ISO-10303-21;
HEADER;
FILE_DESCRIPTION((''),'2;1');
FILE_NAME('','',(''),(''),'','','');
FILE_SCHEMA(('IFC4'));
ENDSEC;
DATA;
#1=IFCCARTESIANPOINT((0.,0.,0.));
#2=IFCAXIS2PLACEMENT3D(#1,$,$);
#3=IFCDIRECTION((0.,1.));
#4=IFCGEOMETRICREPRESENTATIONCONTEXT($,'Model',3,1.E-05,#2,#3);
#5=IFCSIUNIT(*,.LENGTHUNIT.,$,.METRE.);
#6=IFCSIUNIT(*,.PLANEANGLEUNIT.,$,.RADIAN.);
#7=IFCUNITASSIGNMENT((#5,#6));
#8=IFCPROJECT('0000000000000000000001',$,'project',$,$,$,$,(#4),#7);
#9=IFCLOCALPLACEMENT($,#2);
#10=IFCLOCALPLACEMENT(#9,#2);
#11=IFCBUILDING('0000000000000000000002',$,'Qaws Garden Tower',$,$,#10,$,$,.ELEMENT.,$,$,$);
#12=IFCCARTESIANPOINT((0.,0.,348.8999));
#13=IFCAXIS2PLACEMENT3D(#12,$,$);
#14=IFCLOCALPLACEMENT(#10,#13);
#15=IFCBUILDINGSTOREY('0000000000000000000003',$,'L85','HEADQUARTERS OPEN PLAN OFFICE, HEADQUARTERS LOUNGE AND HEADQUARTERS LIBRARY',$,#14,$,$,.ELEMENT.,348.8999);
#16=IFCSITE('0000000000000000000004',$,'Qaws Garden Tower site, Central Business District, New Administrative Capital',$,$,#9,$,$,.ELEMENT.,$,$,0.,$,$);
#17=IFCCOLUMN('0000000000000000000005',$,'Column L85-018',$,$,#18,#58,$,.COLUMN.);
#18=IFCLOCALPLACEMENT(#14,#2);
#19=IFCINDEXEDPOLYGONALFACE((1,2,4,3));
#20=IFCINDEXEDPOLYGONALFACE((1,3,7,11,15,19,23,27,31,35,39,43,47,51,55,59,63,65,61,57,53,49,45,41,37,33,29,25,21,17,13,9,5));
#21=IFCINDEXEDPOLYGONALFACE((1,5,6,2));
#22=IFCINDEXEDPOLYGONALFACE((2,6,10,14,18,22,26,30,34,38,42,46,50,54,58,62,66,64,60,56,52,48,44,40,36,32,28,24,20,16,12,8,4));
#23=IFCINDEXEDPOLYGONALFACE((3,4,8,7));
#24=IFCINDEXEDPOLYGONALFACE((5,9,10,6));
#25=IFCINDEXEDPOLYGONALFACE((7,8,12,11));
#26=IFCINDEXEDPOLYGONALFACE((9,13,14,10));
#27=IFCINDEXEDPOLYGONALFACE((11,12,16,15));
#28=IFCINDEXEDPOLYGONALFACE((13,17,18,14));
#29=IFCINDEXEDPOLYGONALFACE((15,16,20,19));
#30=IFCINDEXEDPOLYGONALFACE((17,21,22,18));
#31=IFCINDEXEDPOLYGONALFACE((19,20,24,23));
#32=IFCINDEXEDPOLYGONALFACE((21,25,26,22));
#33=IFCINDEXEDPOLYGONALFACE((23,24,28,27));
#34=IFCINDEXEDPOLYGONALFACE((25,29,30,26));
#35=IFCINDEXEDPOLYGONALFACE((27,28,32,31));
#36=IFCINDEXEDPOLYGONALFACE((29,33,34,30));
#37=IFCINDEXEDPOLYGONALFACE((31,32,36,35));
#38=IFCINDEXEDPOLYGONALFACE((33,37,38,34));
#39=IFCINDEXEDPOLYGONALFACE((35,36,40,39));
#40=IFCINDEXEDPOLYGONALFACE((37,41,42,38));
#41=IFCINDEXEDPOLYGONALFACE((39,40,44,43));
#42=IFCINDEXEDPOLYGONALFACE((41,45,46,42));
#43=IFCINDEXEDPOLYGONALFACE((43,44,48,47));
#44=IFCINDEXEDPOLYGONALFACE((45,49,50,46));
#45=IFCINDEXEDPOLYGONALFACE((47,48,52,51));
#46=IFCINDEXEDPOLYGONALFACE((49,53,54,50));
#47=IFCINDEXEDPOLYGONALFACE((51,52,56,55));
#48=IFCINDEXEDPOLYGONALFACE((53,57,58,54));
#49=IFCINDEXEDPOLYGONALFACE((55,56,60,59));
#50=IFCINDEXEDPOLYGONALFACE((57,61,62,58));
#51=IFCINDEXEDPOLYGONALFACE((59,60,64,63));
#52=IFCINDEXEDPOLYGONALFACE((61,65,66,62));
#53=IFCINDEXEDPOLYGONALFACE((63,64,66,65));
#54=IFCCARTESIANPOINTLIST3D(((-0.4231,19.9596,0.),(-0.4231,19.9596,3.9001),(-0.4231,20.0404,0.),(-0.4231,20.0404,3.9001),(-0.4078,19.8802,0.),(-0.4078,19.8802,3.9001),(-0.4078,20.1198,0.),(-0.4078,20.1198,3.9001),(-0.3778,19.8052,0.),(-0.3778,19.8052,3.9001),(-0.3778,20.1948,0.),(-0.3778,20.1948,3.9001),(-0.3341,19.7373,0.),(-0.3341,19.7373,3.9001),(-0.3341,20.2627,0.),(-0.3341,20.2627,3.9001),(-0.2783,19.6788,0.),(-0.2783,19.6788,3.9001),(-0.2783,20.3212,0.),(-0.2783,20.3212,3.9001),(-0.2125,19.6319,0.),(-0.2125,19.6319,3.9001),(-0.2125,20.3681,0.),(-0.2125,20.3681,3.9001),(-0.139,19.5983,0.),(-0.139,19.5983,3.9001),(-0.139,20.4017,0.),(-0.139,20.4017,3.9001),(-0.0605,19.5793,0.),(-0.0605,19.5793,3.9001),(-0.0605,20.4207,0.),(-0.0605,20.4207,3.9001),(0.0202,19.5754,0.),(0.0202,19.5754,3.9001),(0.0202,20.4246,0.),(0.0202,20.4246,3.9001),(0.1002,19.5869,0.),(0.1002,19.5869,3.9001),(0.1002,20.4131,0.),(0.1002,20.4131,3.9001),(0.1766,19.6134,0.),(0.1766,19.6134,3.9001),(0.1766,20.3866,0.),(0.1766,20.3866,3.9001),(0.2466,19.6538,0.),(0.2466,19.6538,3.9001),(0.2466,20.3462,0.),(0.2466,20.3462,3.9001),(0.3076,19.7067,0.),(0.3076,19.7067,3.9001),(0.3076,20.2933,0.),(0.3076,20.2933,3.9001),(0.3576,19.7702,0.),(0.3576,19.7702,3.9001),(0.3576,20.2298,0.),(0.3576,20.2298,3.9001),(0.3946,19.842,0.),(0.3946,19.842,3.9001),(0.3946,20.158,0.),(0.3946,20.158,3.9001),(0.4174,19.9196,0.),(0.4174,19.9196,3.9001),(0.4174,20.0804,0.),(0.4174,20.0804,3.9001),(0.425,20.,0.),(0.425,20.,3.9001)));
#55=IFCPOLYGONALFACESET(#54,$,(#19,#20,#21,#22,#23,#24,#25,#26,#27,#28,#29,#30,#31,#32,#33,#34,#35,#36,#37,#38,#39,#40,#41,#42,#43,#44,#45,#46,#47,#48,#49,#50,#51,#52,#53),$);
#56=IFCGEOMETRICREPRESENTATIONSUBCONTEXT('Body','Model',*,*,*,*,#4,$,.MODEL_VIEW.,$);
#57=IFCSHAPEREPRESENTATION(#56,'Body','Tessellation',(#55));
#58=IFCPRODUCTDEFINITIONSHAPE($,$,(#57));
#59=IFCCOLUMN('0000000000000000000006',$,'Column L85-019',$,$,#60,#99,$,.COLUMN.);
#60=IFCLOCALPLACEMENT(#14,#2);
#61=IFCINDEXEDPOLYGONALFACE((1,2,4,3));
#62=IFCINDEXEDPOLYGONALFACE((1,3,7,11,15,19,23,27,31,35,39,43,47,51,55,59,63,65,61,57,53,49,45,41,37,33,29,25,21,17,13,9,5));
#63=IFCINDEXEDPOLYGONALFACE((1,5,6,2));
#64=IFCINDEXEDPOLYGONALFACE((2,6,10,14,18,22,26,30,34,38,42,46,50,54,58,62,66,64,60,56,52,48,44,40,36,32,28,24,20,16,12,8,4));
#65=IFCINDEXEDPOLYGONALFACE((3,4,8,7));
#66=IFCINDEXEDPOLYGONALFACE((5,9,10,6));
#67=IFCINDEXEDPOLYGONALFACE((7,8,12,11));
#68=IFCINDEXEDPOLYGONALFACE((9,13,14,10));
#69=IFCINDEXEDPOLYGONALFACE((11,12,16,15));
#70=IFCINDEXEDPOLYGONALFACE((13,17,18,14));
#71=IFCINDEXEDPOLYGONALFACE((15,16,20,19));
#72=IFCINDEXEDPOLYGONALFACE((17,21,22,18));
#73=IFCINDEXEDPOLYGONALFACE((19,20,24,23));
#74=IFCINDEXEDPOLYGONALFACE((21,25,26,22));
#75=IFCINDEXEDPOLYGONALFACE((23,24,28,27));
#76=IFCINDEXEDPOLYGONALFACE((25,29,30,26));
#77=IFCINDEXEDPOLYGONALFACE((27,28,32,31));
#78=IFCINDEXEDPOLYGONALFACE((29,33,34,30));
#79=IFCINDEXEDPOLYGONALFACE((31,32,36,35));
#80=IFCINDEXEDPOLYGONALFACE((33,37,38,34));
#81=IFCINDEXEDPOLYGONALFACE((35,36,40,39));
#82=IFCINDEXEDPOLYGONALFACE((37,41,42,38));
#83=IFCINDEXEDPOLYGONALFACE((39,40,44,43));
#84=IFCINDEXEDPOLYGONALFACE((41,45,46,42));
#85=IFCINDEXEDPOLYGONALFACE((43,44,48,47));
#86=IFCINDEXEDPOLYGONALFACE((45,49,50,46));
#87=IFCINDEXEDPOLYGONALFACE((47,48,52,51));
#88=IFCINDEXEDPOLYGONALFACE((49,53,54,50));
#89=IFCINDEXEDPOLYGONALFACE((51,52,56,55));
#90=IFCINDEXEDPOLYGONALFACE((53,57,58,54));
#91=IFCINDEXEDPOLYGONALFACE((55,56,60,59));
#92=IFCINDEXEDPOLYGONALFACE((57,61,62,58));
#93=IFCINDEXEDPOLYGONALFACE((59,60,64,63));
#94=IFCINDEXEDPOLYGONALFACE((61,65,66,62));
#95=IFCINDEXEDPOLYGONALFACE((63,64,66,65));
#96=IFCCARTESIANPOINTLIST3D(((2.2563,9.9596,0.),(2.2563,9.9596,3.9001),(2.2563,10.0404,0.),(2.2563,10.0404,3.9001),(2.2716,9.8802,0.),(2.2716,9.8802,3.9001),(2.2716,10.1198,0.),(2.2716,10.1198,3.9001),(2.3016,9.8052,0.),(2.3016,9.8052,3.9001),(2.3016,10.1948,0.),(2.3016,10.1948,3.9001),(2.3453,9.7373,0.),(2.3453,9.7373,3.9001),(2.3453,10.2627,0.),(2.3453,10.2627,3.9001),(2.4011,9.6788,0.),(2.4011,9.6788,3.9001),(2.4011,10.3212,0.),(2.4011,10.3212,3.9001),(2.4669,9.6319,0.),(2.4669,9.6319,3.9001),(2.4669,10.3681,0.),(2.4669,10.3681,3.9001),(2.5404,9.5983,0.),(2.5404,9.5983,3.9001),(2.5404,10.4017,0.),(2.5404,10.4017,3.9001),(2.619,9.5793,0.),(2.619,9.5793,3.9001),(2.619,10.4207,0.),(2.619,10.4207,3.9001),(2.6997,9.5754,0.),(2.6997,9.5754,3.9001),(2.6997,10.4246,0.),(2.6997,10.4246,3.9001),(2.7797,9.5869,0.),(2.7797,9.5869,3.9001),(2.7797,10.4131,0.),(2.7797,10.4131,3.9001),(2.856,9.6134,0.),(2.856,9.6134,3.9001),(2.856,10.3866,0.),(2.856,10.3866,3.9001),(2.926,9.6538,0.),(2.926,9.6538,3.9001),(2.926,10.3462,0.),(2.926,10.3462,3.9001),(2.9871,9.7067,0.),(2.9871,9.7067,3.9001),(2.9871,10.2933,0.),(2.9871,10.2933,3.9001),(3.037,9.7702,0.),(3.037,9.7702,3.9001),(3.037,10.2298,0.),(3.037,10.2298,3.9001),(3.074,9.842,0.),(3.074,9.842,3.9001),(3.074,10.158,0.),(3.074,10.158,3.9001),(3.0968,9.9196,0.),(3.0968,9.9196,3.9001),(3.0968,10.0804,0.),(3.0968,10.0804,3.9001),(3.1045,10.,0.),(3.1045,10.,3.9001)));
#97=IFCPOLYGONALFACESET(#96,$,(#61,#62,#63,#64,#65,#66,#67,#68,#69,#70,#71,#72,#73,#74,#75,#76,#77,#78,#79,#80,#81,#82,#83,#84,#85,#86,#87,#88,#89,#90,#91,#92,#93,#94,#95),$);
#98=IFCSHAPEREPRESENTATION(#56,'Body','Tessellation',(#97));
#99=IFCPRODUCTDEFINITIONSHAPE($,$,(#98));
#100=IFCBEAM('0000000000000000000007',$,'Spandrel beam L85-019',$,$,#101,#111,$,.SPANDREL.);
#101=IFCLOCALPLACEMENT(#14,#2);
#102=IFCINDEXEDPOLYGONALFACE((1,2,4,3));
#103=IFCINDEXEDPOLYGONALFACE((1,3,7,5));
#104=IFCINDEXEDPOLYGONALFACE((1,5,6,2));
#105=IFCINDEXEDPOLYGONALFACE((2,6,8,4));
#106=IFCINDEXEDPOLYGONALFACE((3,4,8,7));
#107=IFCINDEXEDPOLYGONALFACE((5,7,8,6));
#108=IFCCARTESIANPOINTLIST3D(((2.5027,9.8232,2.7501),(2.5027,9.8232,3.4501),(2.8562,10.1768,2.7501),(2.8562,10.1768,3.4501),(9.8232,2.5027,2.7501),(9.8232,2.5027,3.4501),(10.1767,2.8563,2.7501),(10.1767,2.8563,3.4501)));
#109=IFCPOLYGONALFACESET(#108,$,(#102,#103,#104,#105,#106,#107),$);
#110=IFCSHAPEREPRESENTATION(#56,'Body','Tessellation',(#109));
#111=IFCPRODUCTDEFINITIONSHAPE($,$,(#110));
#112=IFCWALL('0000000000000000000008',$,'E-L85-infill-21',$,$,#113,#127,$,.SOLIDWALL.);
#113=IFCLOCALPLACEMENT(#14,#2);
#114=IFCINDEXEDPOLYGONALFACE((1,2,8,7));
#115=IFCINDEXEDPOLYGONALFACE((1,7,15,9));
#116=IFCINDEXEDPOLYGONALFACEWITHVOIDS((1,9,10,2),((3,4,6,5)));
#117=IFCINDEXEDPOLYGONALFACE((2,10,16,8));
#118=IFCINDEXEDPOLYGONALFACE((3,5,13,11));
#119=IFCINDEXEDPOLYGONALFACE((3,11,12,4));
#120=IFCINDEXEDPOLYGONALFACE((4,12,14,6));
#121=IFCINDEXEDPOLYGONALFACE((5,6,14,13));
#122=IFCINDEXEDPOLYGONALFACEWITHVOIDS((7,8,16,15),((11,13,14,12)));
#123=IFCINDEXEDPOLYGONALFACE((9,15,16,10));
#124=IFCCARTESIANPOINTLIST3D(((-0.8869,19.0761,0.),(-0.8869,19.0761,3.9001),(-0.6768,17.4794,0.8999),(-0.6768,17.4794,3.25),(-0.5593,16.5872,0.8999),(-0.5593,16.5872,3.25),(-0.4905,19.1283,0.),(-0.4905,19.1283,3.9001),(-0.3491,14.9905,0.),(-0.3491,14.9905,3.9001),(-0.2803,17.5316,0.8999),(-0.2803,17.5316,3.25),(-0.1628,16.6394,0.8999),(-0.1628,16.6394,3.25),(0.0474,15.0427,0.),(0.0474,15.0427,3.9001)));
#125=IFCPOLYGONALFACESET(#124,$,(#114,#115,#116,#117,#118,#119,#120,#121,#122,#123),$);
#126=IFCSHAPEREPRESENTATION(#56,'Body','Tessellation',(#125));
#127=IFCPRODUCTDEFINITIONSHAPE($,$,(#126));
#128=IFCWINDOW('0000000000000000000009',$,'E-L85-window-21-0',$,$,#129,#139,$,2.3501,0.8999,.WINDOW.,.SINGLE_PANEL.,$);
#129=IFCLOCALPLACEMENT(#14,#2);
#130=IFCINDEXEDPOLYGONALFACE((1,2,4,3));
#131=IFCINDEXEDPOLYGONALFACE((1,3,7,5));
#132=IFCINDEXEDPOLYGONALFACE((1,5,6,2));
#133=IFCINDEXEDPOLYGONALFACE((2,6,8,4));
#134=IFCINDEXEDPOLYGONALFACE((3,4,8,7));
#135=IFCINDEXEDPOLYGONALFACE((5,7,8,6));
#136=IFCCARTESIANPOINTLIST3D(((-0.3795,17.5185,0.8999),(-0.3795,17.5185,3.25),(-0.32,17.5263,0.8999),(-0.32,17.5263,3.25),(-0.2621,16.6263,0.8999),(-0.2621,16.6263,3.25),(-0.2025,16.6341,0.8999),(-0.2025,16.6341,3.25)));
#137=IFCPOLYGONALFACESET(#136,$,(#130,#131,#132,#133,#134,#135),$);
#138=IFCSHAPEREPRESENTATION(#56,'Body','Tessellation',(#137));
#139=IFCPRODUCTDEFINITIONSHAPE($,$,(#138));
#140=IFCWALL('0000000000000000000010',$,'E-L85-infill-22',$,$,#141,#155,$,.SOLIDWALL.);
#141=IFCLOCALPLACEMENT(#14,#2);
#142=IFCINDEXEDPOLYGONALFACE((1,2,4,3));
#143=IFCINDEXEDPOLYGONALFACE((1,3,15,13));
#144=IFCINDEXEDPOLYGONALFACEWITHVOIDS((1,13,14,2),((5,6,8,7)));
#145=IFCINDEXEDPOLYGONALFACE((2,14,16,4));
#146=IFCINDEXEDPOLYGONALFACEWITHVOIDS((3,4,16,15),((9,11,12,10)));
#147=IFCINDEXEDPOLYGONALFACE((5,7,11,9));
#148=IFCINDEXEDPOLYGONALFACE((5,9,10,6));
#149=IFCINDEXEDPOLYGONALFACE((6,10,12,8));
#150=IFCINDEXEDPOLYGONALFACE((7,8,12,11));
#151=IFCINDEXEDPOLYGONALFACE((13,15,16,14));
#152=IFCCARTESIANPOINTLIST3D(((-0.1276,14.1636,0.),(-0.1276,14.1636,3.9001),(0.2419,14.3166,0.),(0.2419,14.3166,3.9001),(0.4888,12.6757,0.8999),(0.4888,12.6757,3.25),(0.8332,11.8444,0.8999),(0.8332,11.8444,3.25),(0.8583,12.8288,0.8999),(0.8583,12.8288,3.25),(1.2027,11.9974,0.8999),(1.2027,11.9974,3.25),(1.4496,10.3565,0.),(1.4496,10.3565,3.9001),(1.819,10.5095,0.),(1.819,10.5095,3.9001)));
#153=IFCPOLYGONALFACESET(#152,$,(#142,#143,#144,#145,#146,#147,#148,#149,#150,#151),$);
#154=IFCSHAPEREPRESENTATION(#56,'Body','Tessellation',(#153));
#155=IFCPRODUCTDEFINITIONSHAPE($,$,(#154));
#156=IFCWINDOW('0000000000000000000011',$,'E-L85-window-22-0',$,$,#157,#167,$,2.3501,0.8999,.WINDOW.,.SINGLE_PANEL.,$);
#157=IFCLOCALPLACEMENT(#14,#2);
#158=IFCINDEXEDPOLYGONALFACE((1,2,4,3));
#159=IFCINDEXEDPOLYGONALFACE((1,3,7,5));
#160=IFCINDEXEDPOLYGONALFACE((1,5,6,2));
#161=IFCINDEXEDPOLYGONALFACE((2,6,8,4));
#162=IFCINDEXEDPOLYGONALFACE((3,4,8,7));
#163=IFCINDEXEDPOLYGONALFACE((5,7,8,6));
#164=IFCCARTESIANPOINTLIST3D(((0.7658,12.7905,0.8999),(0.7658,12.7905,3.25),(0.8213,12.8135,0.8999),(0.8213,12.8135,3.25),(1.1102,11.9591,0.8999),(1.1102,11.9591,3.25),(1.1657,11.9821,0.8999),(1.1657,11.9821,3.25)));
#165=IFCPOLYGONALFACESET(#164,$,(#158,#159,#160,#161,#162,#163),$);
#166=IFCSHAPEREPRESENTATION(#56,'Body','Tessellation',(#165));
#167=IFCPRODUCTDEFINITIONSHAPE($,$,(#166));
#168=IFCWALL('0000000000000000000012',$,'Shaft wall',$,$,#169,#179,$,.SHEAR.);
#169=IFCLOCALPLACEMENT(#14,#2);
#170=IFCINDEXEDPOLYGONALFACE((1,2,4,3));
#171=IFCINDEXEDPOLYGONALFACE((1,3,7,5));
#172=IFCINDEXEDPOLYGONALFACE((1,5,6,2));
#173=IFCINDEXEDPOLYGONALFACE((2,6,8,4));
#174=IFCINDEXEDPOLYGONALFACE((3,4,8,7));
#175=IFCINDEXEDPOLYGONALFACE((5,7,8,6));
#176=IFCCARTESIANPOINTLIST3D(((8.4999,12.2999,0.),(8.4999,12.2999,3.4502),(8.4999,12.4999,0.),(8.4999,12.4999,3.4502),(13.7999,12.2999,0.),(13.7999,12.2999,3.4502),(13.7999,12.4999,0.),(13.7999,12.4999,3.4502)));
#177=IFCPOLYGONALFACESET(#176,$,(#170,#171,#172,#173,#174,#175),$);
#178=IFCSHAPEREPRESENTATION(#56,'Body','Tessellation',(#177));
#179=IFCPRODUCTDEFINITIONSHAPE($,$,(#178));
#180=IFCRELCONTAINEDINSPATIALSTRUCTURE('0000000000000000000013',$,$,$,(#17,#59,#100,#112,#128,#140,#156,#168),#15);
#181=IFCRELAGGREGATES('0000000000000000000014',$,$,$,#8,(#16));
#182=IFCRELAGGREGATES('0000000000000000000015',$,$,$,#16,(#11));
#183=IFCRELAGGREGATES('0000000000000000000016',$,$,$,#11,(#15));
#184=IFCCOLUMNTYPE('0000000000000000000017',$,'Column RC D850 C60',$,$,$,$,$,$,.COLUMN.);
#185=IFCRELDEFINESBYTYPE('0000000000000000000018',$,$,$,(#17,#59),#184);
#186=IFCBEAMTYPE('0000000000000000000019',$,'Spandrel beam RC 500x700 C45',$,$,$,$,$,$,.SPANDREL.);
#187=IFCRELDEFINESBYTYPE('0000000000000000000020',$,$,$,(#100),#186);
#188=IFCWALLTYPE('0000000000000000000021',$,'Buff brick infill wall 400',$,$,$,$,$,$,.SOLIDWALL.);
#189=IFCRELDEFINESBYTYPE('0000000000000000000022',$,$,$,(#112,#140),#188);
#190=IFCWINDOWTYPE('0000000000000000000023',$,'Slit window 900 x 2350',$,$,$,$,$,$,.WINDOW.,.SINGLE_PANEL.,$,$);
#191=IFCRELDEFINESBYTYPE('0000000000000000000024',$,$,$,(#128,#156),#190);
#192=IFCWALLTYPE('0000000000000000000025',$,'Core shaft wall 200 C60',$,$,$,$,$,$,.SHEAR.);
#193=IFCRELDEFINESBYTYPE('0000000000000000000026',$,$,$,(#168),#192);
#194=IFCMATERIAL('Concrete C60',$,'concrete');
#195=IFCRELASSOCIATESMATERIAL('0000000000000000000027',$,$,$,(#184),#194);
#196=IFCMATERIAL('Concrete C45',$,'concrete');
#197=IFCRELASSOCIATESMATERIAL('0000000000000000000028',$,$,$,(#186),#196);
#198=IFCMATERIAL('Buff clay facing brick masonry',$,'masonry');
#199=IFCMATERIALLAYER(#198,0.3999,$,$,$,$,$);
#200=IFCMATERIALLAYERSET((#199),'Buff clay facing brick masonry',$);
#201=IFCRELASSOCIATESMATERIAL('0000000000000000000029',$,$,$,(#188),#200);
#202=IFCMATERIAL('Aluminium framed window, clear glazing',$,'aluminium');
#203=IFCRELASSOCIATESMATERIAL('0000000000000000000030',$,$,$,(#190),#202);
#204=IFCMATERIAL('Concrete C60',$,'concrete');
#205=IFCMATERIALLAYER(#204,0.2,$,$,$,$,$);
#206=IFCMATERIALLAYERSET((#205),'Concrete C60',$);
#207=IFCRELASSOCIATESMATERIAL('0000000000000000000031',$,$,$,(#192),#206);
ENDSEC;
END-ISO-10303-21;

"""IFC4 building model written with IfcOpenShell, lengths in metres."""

from ifc_helpers import new_model, si_unit, direction, frame, frame_2d, origin, origin_2d, place, context, subcontext, project, spatial, rectangle, circle, extrude, material, layer, layer_set, material_profile, profile_set, type_object, element, fill, save


model = new_model("IFC4")

# Units and contexts
model_context = context("Model", 3, precision=1e-05, world=origin(), true_north=direction((0.0, 1.0)))
body_context = subcontext(model_context, "Body", "Model", "MODEL_VIEW")
ifc_project = project(units=[si_unit("LENGTHUNIT", "METRE"), si_unit("PLANEANGLEUNIT", "RADIAN")], contexts=[model_context])

# Site, building, storey
site_placement = place(None, origin())
site = spatial("IfcSite", under=ifc_project, at=site_placement, Name="Qaws Garden Tower site, Central Business District, New Administrative Capital", CompositionType="ELEMENT", RefElevation=0.0)
building_placement = place(site_placement, origin())
building = spatial("IfcBuilding", under=site, at=building_placement, Name="Qaws Garden Tower", CompositionType="ELEMENT")
storey_placement = place(building_placement, frame((0.0, 0.0, 348.8999)))
storey = spatial("IfcBuildingStorey", under=building, at=storey_placement, Name="L85", Description="HEADQUARTERS OPEN PLAN OFFICE, HEADQUARTERS LOUNGE AND HEADQUARTERS LIBRARY", CompositionType="ELEMENT", Elevation=348.8999)

# Columns
ifc_material_1 = material(Name="Concrete C60", Category="concrete")
ifc_material_profile_1 = material_profile(ifc_material_1, circle(Radius=0.425, at=origin_2d()), Name="RC D850")
ifc_profile_set_1 = profile_set([ifc_material_profile_1], Name="Concrete C60")
column_type = type_object("IfcColumnType", Name="Column RC D850 C60", PredefinedType="COLUMN", material=ifc_profile_set_1)
for number, where, z_axis, x_axis, name in (
    (1, (0.0, 20.0, 0.0), (0.0, 0.0, 1.0), (1.0, 0.0, 0.0), "Column L85-018"),
    (2, (2.6794, 10.0, 0.0), (0.0, 0.0, 1.0), (1.0, 0.0, 0.0), "Column L85-019"),
):
    element("IfcColumn", number, at=place(storey_placement, frame(where, z_axis=z_axis, x_axis=x_axis)), inside=storey, type_object=column_type, Name=name, PredefinedType="COLUMN", context=body_context, shape_type="SweptSolid", body=[
        extrude(circle(Radius=0.425, at=origin_2d()), origin(), (0.0, 0.0, 1.0), 3.9001),
    ])

# Beam
ifc_material_2 = material(Name="Concrete C45", Category="concrete")
ifc_material_profile_2 = material_profile(ifc_material_2, rectangle(XDim=0.5, YDim=0.7, at=origin_2d()), Name="RC 500x700")
ifc_profile_set_2 = profile_set([ifc_material_profile_2], Name="Concrete C45")
beam_type = type_object("IfcBeamType", Name="Spandrel beam RC 500x700 C45", PredefinedType="SPANDREL", material=ifc_profile_set_2)
beam_placement = place(storey_placement, frame((2.6794, 10.0, 3.1001), z_axis=(0.707107, -0.707107, 0.0), x_axis=(0.707107, 0.707107, 0.0)))
element("IfcBeam", 3, at=beam_placement, inside=storey, type_object=beam_type, Name="Spandrel beam L85-019", PredefinedType="SPANDREL", context=body_context, shape_type="SweptSolid", body=[
    extrude(rectangle(XDim=0.5, YDim=0.7, at=origin_2d()), origin(), (0.0, 0.0, 1.0), 10.3528),
])

# Walls, openings, windows
ifc_material_3 = material(Name="Buff clay facing brick masonry", Category="masonry")
ifc_layer_1 = layer(ifc_material_3, 0.3999)
ifc_layer_set_1 = layer_set([ifc_layer_1], Name="Buff clay facing brick masonry")
wall_type_1 = type_object("IfcWallType", Name="Buff brick infill wall 400", PredefinedType="SOLIDWALL", material=ifc_layer_set_1)
wall_1_placement = place(storey_placement, frame((-0.6887, 19.1023, 0.0), z_axis=(0.0, 0.0, 1.0), x_axis=(0.130514, -0.991446, 0.0)))
wall_1 = element("IfcWall", 4, at=wall_1_placement, inside=storey, type_object=wall_type_1, Name="E-L85-infill-21", PredefinedType="SOLIDWALL", context=body_context, shape_type="SweptSolid", body=[
    extrude(rectangle(XDim=4.1208, YDim=0.3999, at=frame_2d((2.0605, 0.0))), origin(), (0.0, 0.0, 1.0), 3.9001),
])
opening_1_placement = place(wall_1_placement, frame((1.6106, 0.0, 0.8999)))
opening_1 = element("IfcOpeningElement", 5, at=opening_1_placement, cuts=wall_1, PredefinedType="OPENING", context=body_context, shape_type="SweptSolid", body=[
    extrude(rectangle(XDim=0.8999, YDim=2.3501, at=frame_2d((0.45, 1.175))), frame((0.0, 0.21, 0.0), z_axis=(0.0, -1.0, 0.0), x_axis=(1.0, 0.0, 0.0)), (0.0, 0.0, 1.0), 0.4199),
])
ifc_material_4 = material(Name="Aluminium framed window, clear glazing", Category="aluminium")
window_type = type_object("IfcWindowType", Name="Slit window 900 x 2350", PartitioningType="SINGLE_PANEL", PredefinedType="WINDOW", material=ifc_material_4)
window_1_placement = place(opening_1_placement, origin())
window_1 = element("IfcWindow", 6, at=window_1_placement, inside=storey, type_object=window_type, Name="E-L85-window-21-0", OverallHeight=2.3501, OverallWidth=0.8999, PartitioningType="SINGLE_PANEL", PredefinedType="WINDOW", context=body_context, shape_type="SweptSolid", body=[
    extrude(rectangle(XDim=0.8999, YDim=2.3501, at=frame_2d((0.45, 1.175))), frame((0.0, 0.1599, 0.0), z_axis=(0.0, -1.0, 0.0), x_axis=(1.0, 0.0, 0.0)), (0.0, 0.0, 1.0), 0.0601),
])
fill(opening_1, window_1)
wall_2_placement = place(storey_placement, frame((0.0571, 14.2402, 0.0), z_axis=(0.0, 0.0, 1.0), x_axis=(0.382722, -0.923864, 0.0)))
wall_2 = element("IfcWall", 7, at=wall_2_placement, inside=storey, type_object=wall_type_1, Name="E-L85-infill-22", PredefinedType="SOLIDWALL", context=body_context, shape_type="SweptSolid", body=[
    extrude(rectangle(XDim=4.1208, YDim=0.3999, at=frame_2d((2.0605, 0.0))), origin(), (0.0, 0.0, 1.0), 3.9001),
])
opening_2_placement = place(wall_2_placement, frame((1.6106, 0.0, 0.8999)))
opening_2 = element("IfcOpeningElement", 8, at=opening_2_placement, cuts=wall_2, PredefinedType="OPENING", context=body_context, shape_type="SweptSolid", body=[
    extrude(rectangle(XDim=0.8999, YDim=2.3501, at=frame_2d((0.45, 1.175))), frame((0.0, 0.21, 0.0), z_axis=(0.0, -1.0, 0.0), x_axis=(1.0, 0.0, 0.0)), (0.0, 0.0, 1.0), 0.4199),
])
window_2_placement = place(opening_2_placement, origin())
window_2 = element("IfcWindow", 9, at=window_2_placement, inside=storey, type_object=window_type, Name="E-L85-window-22-0", OverallHeight=2.3501, OverallWidth=0.8999, PartitioningType="SINGLE_PANEL", PredefinedType="WINDOW", context=body_context, shape_type="SweptSolid", body=[
    extrude(rectangle(XDim=0.8999, YDim=2.3501, at=frame_2d((0.45, 1.175))), frame((0.0, 0.1599, 0.0), z_axis=(0.0, -1.0, 0.0), x_axis=(1.0, 0.0, 0.0)), (0.0, 0.0, 1.0), 0.0601),
])
fill(opening_2, window_2)

# Wall
ifc_material_5 = material(Name="Concrete C60", Category="concrete")
ifc_layer_2 = layer(ifc_material_5, 0.2)
ifc_layer_set_2 = layer_set([ifc_layer_2], Name="Concrete C60")
wall_type_2 = type_object("IfcWallType", Name="Core shaft wall 200 C60", PredefinedType="SHEAR", material=ifc_layer_set_2)
wall_3_placement = place(storey_placement, frame((8.5, 12.3999, 0.0), z_axis=(0.0, 0.0, 1.0), x_axis=(1.0, 0.0, 0.0)))
element("IfcWall", 10, at=wall_3_placement, inside=storey, type_object=wall_type_2, Name="Shaft wall", PredefinedType="SHEAR", context=body_context, shape_type="SweptSolid", body=[
    extrude(rectangle(XDim=5.3, YDim=0.2, at=frame_2d((2.6499, 0.0))), origin(), (0.0, 0.0, 1.0), 3.4502),
])

save(model, "model.ifc")
